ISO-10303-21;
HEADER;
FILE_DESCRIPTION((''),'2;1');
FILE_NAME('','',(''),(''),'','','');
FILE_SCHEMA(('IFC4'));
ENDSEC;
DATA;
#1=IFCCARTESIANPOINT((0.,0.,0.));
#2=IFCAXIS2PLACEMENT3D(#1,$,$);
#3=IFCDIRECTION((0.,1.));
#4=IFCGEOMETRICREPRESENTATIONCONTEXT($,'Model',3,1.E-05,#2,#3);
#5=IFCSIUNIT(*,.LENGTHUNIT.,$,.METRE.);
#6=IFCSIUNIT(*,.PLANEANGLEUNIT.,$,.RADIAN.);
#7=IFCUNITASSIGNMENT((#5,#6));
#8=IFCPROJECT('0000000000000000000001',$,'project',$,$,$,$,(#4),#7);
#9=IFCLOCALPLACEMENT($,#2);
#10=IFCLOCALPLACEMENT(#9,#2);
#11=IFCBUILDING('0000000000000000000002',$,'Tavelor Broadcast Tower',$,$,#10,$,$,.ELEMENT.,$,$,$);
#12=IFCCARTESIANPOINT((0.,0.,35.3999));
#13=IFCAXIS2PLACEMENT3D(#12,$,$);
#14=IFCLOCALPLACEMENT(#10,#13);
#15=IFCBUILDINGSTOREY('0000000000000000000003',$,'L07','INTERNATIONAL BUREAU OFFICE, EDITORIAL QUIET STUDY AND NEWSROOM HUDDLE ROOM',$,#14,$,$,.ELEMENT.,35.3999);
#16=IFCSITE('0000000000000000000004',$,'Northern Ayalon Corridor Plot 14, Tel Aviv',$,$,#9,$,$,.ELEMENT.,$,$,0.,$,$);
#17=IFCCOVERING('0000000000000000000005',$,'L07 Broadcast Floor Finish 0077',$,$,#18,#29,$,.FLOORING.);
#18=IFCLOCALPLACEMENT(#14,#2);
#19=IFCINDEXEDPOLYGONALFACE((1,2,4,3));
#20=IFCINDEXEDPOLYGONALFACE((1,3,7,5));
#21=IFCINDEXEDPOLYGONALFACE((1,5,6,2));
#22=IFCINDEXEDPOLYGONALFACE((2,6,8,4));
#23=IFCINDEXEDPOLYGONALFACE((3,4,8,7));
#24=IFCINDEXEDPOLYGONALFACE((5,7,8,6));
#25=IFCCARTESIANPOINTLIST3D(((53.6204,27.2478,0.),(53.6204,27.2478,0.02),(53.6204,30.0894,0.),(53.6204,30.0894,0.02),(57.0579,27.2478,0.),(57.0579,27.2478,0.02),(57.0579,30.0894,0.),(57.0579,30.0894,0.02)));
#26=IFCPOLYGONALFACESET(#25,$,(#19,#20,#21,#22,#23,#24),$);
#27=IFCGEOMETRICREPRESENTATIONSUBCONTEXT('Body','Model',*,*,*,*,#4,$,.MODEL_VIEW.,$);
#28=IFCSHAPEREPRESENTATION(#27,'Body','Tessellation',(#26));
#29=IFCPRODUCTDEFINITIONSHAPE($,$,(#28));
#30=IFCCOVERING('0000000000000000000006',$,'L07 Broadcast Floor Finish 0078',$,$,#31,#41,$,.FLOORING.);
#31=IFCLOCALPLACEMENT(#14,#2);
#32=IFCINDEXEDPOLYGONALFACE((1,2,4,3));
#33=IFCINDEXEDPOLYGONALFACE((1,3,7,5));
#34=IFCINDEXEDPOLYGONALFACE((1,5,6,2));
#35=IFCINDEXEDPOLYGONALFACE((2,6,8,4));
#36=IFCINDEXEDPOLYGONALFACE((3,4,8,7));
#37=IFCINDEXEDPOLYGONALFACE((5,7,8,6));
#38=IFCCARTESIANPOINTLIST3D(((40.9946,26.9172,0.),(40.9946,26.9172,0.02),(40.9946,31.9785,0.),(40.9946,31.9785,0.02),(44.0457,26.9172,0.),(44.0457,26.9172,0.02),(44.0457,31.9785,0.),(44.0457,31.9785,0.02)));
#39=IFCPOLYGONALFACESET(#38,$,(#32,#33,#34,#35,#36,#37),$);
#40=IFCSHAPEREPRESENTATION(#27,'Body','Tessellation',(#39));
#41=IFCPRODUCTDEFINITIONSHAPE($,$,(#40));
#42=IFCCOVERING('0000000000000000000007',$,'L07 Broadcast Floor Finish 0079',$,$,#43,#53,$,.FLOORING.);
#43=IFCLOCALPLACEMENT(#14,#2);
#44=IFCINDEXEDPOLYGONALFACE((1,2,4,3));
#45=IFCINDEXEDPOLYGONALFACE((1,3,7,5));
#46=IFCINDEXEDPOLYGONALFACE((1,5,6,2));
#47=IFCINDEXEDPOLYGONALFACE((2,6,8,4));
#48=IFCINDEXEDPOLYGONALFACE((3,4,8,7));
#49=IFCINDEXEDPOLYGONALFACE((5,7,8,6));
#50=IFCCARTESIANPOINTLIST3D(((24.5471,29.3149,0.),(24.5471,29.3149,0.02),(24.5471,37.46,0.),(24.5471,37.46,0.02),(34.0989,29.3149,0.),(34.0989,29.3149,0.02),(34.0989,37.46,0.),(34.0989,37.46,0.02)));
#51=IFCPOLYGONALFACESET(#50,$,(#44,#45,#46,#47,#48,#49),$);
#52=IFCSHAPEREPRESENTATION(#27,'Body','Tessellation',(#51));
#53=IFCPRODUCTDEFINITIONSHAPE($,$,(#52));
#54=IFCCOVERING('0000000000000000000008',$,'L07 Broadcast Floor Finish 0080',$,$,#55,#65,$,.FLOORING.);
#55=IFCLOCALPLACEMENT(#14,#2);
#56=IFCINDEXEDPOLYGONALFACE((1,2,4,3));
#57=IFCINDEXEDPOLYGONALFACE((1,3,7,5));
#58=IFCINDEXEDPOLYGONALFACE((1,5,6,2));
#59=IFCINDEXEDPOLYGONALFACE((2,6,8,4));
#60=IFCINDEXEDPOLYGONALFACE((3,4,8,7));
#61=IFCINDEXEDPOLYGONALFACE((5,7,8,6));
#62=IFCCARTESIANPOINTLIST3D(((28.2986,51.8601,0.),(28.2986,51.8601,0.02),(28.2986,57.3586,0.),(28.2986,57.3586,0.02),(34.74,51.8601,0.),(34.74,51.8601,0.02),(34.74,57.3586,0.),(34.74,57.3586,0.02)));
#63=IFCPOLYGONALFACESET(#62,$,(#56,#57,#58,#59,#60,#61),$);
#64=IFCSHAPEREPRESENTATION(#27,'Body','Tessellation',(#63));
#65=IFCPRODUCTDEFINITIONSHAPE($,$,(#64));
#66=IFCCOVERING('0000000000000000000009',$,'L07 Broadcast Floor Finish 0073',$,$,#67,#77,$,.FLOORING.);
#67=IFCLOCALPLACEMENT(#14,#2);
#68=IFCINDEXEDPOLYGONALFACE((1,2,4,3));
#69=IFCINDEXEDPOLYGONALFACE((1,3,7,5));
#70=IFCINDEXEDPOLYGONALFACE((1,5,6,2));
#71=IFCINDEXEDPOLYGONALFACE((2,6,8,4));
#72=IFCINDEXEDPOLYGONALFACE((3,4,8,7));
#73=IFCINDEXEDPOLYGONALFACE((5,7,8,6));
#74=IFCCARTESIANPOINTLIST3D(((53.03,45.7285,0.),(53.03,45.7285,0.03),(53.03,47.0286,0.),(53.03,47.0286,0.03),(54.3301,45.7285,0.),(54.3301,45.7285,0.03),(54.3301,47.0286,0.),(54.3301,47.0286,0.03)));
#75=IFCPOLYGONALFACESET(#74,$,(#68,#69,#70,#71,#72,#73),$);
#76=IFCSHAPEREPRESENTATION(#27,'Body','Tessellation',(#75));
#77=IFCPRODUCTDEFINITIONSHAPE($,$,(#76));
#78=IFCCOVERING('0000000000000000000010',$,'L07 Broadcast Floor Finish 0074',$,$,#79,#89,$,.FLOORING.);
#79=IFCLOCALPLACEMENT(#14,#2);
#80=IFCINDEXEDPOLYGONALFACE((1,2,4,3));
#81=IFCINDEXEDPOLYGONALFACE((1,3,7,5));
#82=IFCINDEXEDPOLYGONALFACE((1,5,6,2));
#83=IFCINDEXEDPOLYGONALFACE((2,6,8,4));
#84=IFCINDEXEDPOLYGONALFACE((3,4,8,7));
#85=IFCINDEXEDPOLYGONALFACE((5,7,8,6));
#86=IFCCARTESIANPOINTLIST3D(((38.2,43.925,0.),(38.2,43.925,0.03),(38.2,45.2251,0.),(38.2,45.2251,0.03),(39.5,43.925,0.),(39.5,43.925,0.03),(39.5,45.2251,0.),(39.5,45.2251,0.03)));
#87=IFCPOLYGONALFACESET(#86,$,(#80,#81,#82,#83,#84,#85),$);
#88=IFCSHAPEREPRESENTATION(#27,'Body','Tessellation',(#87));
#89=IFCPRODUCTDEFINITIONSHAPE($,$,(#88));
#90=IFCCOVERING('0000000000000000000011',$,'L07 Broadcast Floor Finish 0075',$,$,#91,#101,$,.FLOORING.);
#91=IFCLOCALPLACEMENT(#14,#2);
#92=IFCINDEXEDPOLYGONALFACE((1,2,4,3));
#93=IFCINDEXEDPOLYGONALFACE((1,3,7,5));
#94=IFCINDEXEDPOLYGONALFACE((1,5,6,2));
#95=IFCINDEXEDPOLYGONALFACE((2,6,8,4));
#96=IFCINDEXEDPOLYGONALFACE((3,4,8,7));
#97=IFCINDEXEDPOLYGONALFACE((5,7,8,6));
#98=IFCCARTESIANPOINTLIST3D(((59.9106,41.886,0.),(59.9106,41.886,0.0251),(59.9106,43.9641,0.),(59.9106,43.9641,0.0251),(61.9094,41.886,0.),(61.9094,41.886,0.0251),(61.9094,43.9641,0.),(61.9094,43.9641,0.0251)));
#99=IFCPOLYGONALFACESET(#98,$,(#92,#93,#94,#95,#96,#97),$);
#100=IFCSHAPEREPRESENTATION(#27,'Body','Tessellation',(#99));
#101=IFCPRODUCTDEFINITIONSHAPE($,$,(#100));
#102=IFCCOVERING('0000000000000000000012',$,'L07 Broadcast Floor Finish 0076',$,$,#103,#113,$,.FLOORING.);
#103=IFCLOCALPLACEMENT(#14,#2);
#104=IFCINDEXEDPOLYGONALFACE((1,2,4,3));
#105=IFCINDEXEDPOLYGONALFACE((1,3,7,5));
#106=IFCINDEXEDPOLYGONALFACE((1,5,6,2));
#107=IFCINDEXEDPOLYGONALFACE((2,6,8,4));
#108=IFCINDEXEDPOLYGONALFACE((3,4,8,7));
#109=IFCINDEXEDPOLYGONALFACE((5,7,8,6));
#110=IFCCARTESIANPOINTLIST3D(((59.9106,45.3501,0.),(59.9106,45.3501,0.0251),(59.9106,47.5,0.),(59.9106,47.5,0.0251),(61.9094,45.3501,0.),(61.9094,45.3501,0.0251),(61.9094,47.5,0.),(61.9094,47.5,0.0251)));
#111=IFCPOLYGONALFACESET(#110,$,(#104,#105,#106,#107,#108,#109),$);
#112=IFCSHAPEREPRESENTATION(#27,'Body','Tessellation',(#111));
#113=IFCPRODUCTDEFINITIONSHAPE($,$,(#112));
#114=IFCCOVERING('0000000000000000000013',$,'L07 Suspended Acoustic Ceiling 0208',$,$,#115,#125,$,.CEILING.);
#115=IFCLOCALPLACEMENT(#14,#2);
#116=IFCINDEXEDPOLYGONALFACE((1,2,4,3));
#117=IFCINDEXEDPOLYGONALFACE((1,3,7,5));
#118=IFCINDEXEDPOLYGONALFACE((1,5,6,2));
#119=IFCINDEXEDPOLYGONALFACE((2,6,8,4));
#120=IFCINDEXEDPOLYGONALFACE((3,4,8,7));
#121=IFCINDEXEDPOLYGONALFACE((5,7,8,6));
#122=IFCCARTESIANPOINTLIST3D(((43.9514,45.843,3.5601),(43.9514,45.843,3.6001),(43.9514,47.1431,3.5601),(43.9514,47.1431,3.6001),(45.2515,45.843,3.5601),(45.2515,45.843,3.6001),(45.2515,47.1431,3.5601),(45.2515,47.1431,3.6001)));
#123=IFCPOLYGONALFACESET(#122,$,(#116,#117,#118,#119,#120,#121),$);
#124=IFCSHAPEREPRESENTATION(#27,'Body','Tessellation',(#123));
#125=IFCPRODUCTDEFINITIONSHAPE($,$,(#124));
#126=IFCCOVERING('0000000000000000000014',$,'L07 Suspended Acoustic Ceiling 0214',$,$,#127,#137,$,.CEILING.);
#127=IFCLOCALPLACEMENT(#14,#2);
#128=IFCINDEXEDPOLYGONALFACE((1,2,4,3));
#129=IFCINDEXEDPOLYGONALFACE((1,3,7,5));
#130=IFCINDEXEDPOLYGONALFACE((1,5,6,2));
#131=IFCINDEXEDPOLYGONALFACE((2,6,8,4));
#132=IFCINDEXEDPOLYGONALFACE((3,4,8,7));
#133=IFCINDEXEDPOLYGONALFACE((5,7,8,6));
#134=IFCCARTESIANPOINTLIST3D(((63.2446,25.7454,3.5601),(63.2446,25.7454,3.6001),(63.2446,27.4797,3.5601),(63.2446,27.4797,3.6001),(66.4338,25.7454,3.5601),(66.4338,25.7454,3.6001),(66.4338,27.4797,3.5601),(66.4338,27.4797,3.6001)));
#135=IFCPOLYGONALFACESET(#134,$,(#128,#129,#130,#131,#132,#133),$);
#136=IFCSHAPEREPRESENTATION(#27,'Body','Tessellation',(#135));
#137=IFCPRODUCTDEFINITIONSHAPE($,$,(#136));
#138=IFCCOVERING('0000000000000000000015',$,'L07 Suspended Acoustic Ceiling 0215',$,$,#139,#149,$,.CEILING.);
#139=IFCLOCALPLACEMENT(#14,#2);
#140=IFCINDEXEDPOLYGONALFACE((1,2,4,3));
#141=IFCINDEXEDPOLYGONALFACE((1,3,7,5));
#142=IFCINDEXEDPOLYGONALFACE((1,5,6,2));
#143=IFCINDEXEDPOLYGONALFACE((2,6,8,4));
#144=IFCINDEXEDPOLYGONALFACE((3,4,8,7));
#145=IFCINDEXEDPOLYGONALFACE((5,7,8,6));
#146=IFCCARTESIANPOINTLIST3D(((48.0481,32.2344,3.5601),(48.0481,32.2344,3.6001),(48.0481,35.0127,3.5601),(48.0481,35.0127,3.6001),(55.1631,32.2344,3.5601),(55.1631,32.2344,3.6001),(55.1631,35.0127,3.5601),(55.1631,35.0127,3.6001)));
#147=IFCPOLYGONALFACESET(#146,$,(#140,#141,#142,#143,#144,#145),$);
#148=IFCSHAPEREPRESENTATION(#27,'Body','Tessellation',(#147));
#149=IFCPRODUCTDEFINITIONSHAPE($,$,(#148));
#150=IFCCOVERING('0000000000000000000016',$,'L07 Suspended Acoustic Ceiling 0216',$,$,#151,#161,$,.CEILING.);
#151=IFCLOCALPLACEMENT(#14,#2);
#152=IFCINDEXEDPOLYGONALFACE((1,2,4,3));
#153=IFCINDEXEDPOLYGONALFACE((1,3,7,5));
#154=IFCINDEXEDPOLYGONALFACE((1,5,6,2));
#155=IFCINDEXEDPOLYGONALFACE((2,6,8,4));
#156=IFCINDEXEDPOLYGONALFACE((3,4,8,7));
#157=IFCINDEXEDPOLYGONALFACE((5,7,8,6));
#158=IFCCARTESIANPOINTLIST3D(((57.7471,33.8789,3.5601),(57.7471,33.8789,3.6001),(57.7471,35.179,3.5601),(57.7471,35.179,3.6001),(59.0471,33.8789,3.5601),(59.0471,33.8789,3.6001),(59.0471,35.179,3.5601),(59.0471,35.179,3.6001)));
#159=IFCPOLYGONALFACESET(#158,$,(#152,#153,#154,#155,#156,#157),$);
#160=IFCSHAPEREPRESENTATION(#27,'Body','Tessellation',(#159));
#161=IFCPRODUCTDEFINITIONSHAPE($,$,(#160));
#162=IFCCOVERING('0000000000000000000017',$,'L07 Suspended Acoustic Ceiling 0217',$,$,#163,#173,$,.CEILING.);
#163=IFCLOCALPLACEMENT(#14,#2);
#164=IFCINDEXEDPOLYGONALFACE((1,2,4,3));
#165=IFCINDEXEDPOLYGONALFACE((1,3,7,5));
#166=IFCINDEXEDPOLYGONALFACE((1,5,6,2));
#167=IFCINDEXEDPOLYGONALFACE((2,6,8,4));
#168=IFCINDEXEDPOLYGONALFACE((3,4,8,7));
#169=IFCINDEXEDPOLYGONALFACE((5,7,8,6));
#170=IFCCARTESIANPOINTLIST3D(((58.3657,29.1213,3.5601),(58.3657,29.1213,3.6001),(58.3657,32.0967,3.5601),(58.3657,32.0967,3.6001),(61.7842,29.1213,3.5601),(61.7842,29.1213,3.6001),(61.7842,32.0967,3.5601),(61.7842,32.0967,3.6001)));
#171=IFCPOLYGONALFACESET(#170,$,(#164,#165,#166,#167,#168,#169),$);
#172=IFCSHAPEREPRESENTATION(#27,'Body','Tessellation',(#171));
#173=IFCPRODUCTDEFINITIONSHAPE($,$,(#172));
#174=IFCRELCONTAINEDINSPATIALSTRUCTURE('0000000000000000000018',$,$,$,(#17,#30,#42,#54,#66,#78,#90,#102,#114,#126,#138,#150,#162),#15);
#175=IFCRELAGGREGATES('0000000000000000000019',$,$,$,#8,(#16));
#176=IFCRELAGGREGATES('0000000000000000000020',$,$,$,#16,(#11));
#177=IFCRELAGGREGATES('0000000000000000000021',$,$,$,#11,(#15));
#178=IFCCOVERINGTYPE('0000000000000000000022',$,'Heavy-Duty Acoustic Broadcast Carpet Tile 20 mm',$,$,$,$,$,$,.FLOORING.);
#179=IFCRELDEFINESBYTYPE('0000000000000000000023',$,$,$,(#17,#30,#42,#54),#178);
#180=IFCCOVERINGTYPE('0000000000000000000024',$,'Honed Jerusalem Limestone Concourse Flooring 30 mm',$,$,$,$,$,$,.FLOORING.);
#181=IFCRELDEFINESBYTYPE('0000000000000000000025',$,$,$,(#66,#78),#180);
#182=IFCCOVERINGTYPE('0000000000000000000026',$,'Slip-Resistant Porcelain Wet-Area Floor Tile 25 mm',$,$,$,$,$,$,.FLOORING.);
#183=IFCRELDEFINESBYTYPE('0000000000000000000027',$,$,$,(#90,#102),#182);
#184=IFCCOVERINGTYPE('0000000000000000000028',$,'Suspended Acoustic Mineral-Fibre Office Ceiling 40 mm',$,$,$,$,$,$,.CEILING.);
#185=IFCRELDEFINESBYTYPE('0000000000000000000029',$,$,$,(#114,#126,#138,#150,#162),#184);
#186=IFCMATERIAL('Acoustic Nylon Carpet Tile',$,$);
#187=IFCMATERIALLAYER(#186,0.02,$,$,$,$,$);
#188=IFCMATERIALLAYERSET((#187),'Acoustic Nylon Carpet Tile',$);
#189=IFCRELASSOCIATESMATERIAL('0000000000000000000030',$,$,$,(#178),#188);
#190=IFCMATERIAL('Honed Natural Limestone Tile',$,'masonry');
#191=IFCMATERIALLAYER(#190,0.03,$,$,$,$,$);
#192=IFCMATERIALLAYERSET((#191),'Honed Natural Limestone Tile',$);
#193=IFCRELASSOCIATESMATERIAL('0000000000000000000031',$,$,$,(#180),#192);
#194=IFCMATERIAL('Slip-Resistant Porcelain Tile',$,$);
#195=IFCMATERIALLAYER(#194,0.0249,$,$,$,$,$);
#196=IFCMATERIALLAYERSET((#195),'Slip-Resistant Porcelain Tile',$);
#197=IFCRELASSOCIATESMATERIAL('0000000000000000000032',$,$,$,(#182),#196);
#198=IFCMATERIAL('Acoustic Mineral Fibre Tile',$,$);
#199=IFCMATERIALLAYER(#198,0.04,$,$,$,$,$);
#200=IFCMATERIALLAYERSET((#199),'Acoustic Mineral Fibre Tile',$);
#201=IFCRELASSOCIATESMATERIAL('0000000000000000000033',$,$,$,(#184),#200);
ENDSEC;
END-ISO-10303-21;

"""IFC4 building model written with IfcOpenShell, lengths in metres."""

from ifc_helpers import new_model, si_unit, direction, frame, origin, place, context, subcontext, project, spatial, polyline, outline, extrude, material, layer, layer_set, type_object, element, save


model = new_model("IFC4")

# Units and contexts
model_context = context("Model", 3, precision=1e-05, world=origin(), true_north=direction((0.0, 1.0)))
body_context = subcontext(model_context, "Body", "Model", "MODEL_VIEW")
ifc_project = project(units=[si_unit("LENGTHUNIT", "METRE"), si_unit("PLANEANGLEUNIT", "RADIAN")], contexts=[model_context])

# Site, building, storey
site_placement = place(None, origin())
site = spatial("IfcSite", under=ifc_project, at=site_placement, Name="Northern Ayalon Corridor Plot 14, Tel Aviv", CompositionType="ELEMENT", RefElevation=0.0)
building_placement = place(site_placement, origin())
building = spatial("IfcBuilding", under=site, at=building_placement, Name="Tavelor Broadcast Tower", CompositionType="ELEMENT")
storey_placement = place(building_placement, frame((0.0, 0.0, 35.3999)))
storey = spatial("IfcBuildingStorey", under=building, at=storey_placement, Name="L07", Description="INTERNATIONAL BUREAU OFFICE, EDITORIAL QUIET STUDY AND NEWSROOM HUDDLE ROOM", CompositionType="ELEMENT", Elevation=35.3999)

# Coverings
ifc_material_1 = material(Name="Acoustic Nylon Carpet Tile")
ifc_layer_1 = layer(ifc_material_1, 0.02)
ifc_layer_set_1 = layer_set([ifc_layer_1], Name="Acoustic Nylon Carpet Tile")
covering_type_1 = type_object("IfcCoveringType", Name="Heavy-Duty Acoustic Broadcast Carpet Tile 20 mm", PredefinedType="FLOORING", material=ifc_layer_set_1)
covering_1_placement = place(storey_placement, origin())
element("IfcCovering", 1, at=covering_1_placement, inside=storey, type_object=covering_type_1, Name="L07 Broadcast Floor Finish 0077", PredefinedType="FLOORING", context=body_context, shape_type="SweptSolid", body=[
    extrude(outline(polyline([(53.6204, 27.2478), (57.0579, 27.2478), (57.0579, 30.0894), (53.6204, 30.0894), (53.6204, 27.2478)])), origin(), (0.0, 0.0, 1.0), 0.02),
])
covering_2_placement = place(storey_placement, origin())
element("IfcCovering", 2, at=covering_2_placement, inside=storey, type_object=covering_type_1, Name="L07 Broadcast Floor Finish 0078", PredefinedType="FLOORING", context=body_context, shape_type="SweptSolid", body=[
    extrude(outline(polyline([(40.9946, 26.9172), (44.0457, 26.9172), (44.0457, 31.9785), (40.9946, 31.9785), (40.9946, 26.9172)])), origin(), (0.0, 0.0, 1.0), 0.02),
])
covering_3_placement = place(storey_placement, origin())
element("IfcCovering", 3, at=covering_3_placement, inside=storey, type_object=covering_type_1, Name="L07 Broadcast Floor Finish 0079", PredefinedType="FLOORING", context=body_context, shape_type="SweptSolid", body=[
    extrude(outline(polyline([(24.5471, 29.3149), (34.0989, 29.3149), (34.0989, 37.46), (24.5471, 37.46), (24.5471, 29.3149)])), origin(), (0.0, 0.0, 1.0), 0.02),
])
covering_4_placement = place(storey_placement, origin())
element("IfcCovering", 4, at=covering_4_placement, inside=storey, type_object=covering_type_1, Name="L07 Broadcast Floor Finish 0080", PredefinedType="FLOORING", context=body_context, shape_type="SweptSolid", body=[
    extrude(outline(polyline([(28.2986, 51.8601), (34.74, 51.8601), (34.74, 57.3586), (28.2986, 57.3586), (28.2986, 51.8601)])), origin(), (0.0, 0.0, 1.0), 0.02),
])
ifc_material_2 = material(Name="Honed Natural Limestone Tile", Category="masonry")
ifc_layer_2 = layer(ifc_material_2, 0.03)
ifc_layer_set_2 = layer_set([ifc_layer_2], Name="Honed Natural Limestone Tile")
covering_type_2 = type_object("IfcCoveringType", Name="Honed Jerusalem Limestone Concourse Flooring 30 mm", PredefinedType="FLOORING", material=ifc_layer_set_2)
covering_5_placement = place(storey_placement, origin())
element("IfcCovering", 5, at=covering_5_placement, inside=storey, type_object=covering_type_2, Name="L07 Broadcast Floor Finish 0073", PredefinedType="FLOORING", context=body_context, shape_type="SweptSolid", body=[
    extrude(outline(polyline([(53.03, 45.7285), (54.3301, 45.7285), (54.3301, 47.0286), (53.03, 47.0286), (53.03, 45.7285)])), origin(), (0.0, 0.0, 1.0), 0.03),
])
covering_6_placement = place(storey_placement, origin())
element("IfcCovering", 6, at=covering_6_placement, inside=storey, type_object=covering_type_2, Name="L07 Broadcast Floor Finish 0074", PredefinedType="FLOORING", context=body_context, shape_type="SweptSolid", body=[
    extrude(outline(polyline([(38.2, 43.925), (39.5, 43.925), (39.5, 45.2251), (38.2, 45.2251), (38.2, 43.925)])), origin(), (0.0, 0.0, 1.0), 0.03),
])
ifc_material_3 = material(Name="Slip-Resistant Porcelain Tile")
ifc_layer_3 = layer(ifc_material_3, 0.0249)
ifc_layer_set_3 = layer_set([ifc_layer_3], Name="Slip-Resistant Porcelain Tile")
covering_type_3 = type_object("IfcCoveringType", Name="Slip-Resistant Porcelain Wet-Area Floor Tile 25 mm", PredefinedType="FLOORING", material=ifc_layer_set_3)
covering_7_placement = place(storey_placement, origin())
element("IfcCovering", 7, at=covering_7_placement, inside=storey, type_object=covering_type_3, Name="L07 Broadcast Floor Finish 0075", PredefinedType="FLOORING", context=body_context, shape_type="SweptSolid", body=[
    extrude(outline(polyline([(59.9106, 41.886), (61.9094, 41.886), (61.9094, 43.9641), (59.9106, 43.9641), (59.9106, 41.886)])), origin(), (0.0, 0.0, 1.0), 0.0251),
])
covering_8_placement = place(storey_placement, origin())
element("IfcCovering", 8, at=covering_8_placement, inside=storey, type_object=covering_type_3, Name="L07 Broadcast Floor Finish 0076", PredefinedType="FLOORING", context=body_context, shape_type="SweptSolid", body=[
    extrude(outline(polyline([(59.9106, 45.3501), (61.9094, 45.3501), (61.9094, 47.5), (59.9106, 47.5), (59.9106, 45.3501)])), origin(), (0.0, 0.0, 1.0), 0.0251),
])
ifc_material_4 = material(Name="Acoustic Mineral Fibre Tile")
ifc_layer_4 = layer(ifc_material_4, 0.04)
ifc_layer_set_4 = layer_set([ifc_layer_4], Name="Acoustic Mineral Fibre Tile")
covering_type_4 = type_object("IfcCoveringType", Name="Suspended Acoustic Mineral-Fibre Office Ceiling 40 mm", PredefinedType="CEILING", material=ifc_layer_set_4)
covering_9_placement = place(storey_placement, frame((0.0, 0.0, 3.5601)))
element("IfcCovering", 9, at=covering_9_placement, inside=storey, type_object=covering_type_4, Name="L07 Suspended Acoustic Ceiling 0208", PredefinedType="CEILING", context=body_context, shape_type="SweptSolid", body=[
    extrude(outline(polyline([(43.9514, 45.843), (45.2515, 45.843), (45.2515, 47.1431), (43.9514, 47.1431), (43.9514, 45.843)])), origin(), (0.0, 0.0, 1.0), 0.04),
])
covering_10_placement = place(storey_placement, frame((0.0, 0.0, 3.5601)))
element("IfcCovering", 10, at=covering_10_placement, inside=storey, type_object=covering_type_4, Name="L07 Suspended Acoustic Ceiling 0214", PredefinedType="CEILING", context=body_context, shape_type="SweptSolid", body=[
    extrude(outline(polyline([(63.2446, 25.7454), (66.4338, 25.7454), (66.4338, 27.4797), (63.2446, 27.4797), (63.2446, 25.7454)])), origin(), (0.0, 0.0, 1.0), 0.04),
])
covering_11_placement = place(storey_placement, frame((0.0, 0.0, 3.5601)))
element("IfcCovering", 11, at=covering_11_placement, inside=storey, type_object=covering_type_4, Name="L07 Suspended Acoustic Ceiling 0215", PredefinedType="CEILING", context=body_context, shape_type="SweptSolid", body=[
    extrude(outline(polyline([(48.0481, 32.2344), (55.1631, 32.2344), (55.1631, 35.0127), (48.0481, 35.0127), (48.0481, 32.2344)])), origin(), (0.0, 0.0, 1.0), 0.04),
])
covering_12_placement = place(storey_placement, frame((0.0, 0.0, 3.5601)))
element("IfcCovering", 12, at=covering_12_placement, inside=storey, type_object=covering_type_4, Name="L07 Suspended Acoustic Ceiling 0216", PredefinedType="CEILING", context=body_context, shape_type="SweptSolid", body=[
    extrude(outline(polyline([(57.7471, 33.8789), (59.0471, 33.8789), (59.0471, 35.179), (57.7471, 35.179), (57.7471, 33.8789)])), origin(), (0.0, 0.0, 1.0), 0.04),
])
covering_13_placement = place(storey_placement, frame((0.0, 0.0, 3.5601)))
element("IfcCovering", 13, at=covering_13_placement, inside=storey, type_object=covering_type_4, Name="L07 Suspended Acoustic Ceiling 0217", PredefinedType="CEILING", context=body_context, shape_type="SweptSolid", body=[
    extrude(outline(polyline([(58.3657, 29.1213), (61.7842, 29.1213), (61.7842, 32.0967), (58.3657, 32.0967), (58.3657, 29.1213)])), origin(), (0.0, 0.0, 1.0), 0.04),
])

save(model, "model.ifc")
